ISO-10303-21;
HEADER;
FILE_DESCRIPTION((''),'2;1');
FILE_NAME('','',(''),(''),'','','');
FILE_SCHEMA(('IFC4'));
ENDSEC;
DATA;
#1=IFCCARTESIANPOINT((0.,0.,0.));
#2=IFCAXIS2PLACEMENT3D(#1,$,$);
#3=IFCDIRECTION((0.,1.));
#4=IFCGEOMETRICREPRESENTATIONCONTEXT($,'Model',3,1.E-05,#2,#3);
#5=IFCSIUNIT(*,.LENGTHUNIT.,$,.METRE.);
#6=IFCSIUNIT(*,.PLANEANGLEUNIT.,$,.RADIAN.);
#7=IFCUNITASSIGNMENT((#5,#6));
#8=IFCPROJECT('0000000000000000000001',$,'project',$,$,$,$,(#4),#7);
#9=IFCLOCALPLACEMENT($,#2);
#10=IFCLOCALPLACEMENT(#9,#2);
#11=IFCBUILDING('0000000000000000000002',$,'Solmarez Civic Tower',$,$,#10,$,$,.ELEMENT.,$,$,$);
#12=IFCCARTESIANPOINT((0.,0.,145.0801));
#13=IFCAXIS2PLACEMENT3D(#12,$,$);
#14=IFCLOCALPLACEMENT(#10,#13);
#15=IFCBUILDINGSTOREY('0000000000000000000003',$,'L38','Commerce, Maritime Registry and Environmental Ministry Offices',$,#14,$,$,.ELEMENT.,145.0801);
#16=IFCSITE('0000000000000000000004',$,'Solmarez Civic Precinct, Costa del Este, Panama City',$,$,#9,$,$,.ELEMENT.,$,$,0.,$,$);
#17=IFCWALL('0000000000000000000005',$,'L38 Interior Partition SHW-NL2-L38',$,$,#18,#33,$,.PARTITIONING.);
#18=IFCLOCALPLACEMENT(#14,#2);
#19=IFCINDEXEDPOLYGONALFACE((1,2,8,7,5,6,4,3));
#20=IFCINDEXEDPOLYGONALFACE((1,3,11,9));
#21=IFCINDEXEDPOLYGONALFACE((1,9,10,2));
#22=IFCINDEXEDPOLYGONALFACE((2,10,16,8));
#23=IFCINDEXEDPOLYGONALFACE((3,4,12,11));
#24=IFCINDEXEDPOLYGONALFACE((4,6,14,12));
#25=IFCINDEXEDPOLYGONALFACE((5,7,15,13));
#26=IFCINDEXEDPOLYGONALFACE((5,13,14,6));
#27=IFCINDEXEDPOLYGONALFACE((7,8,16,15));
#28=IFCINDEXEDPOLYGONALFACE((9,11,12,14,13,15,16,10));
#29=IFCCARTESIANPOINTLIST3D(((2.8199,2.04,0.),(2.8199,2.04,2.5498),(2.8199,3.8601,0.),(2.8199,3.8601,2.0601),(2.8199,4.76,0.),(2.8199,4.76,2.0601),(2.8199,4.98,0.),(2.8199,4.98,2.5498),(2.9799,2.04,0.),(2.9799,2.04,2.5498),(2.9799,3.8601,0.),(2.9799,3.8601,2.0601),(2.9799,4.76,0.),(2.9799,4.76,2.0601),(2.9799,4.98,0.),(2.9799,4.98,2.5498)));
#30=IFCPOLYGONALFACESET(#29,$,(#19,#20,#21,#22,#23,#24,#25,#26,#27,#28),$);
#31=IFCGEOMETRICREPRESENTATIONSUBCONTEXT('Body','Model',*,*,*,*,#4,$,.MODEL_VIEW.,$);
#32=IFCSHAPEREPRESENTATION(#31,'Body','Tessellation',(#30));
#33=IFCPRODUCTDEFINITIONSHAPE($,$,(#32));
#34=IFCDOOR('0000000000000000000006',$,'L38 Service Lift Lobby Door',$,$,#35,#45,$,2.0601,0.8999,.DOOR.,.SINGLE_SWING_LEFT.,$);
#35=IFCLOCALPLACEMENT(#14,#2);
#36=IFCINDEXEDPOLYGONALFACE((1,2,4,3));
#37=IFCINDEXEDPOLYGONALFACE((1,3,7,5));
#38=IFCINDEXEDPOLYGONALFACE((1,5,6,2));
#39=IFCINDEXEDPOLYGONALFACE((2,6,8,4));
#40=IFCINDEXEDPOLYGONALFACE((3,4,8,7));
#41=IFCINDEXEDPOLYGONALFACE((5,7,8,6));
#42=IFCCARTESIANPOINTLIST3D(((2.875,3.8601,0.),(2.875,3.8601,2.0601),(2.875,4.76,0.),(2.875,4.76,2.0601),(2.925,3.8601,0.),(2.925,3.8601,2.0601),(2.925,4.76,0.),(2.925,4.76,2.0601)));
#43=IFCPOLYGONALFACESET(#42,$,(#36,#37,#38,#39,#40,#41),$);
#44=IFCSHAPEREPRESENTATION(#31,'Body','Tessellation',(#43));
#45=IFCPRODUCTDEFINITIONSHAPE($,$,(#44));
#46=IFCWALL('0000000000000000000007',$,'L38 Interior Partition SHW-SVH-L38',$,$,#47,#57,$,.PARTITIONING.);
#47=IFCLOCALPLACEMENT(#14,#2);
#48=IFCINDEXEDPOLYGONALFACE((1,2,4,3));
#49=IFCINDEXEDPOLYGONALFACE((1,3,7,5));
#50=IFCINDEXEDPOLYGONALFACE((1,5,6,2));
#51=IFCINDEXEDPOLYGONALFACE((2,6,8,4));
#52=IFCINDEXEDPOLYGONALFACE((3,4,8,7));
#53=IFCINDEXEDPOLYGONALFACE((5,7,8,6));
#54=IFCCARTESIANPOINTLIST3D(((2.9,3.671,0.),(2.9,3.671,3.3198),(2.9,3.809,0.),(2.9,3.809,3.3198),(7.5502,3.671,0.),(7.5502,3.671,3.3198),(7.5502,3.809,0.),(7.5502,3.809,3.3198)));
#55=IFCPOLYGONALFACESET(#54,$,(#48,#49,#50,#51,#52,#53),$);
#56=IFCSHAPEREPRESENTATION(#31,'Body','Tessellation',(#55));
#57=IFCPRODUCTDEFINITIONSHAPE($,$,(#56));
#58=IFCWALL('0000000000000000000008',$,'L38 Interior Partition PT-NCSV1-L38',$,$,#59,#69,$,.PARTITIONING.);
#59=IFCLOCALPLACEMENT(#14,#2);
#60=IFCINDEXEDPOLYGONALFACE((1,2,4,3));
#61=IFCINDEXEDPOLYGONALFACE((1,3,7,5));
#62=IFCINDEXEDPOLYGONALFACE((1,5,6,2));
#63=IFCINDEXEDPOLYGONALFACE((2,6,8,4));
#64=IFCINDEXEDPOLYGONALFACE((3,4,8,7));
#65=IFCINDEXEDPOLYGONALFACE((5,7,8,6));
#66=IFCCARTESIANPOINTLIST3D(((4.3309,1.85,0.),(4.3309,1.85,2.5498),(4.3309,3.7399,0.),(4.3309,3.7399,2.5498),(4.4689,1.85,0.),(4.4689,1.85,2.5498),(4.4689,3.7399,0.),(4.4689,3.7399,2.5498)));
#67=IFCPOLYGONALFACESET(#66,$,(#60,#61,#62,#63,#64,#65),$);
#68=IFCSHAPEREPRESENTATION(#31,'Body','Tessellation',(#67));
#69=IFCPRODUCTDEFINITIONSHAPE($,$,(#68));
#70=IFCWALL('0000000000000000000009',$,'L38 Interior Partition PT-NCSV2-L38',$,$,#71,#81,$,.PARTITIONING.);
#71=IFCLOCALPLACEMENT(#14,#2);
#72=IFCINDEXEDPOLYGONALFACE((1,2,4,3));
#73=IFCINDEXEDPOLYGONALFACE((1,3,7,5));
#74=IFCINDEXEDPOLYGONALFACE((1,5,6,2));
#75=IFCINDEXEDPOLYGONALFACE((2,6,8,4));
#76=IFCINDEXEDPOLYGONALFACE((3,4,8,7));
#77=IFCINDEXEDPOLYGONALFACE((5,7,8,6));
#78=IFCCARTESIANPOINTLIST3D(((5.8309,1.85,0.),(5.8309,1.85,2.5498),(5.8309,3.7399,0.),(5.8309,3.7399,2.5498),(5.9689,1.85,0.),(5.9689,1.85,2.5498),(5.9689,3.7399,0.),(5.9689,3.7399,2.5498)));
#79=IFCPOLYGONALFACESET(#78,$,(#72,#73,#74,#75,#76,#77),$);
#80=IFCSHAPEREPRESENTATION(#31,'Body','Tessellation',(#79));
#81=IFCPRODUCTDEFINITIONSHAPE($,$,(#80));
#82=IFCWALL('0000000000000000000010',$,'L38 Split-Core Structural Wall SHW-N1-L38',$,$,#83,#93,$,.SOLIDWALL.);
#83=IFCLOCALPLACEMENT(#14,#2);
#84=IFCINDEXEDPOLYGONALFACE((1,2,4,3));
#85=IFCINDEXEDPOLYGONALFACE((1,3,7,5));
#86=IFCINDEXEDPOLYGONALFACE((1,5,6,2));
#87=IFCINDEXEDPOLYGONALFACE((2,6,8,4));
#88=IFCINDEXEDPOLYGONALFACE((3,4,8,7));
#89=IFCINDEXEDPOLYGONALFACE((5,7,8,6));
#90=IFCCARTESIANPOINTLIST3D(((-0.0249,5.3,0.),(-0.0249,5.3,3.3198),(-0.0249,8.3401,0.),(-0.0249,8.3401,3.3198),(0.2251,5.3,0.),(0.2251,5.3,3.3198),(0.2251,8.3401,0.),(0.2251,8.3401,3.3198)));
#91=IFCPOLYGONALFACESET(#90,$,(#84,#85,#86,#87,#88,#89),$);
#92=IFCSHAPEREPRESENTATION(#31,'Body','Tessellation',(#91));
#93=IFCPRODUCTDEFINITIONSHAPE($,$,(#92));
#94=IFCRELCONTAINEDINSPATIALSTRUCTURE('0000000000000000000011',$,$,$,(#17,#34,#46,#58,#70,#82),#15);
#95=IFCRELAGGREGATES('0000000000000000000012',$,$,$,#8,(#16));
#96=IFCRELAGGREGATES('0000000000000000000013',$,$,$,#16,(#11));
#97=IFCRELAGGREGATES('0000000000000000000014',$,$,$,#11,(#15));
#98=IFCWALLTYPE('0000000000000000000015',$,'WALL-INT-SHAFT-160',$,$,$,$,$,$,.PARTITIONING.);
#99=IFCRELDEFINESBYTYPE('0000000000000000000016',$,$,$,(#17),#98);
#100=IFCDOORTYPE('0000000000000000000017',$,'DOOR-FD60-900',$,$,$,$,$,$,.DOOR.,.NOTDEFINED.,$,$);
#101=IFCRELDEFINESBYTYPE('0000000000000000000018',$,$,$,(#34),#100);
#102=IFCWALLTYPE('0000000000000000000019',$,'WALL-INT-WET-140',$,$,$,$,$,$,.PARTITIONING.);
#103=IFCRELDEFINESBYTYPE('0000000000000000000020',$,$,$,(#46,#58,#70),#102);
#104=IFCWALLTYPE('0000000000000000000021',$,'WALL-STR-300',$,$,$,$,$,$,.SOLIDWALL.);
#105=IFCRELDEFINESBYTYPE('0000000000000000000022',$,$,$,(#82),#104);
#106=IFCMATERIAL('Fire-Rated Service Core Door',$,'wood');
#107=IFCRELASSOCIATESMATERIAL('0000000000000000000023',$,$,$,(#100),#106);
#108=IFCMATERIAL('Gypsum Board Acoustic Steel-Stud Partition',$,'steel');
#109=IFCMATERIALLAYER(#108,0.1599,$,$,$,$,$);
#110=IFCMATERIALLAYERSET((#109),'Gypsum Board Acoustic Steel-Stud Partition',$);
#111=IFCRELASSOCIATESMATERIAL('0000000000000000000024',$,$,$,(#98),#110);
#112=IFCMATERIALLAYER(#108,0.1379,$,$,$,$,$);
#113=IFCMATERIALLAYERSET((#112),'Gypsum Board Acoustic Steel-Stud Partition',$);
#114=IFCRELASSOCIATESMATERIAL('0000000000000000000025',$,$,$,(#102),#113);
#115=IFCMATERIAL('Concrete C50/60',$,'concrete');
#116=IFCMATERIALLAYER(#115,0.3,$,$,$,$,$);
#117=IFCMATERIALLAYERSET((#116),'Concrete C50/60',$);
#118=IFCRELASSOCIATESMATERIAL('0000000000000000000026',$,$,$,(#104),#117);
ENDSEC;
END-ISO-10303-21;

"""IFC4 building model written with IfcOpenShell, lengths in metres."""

from ifc_helpers import new_model, si_unit, direction, frame, frame_2d, origin, place, context, subcontext, project, spatial, rectangle, extrude, material, layer, layer_set, type_object, element, fill, save


model = new_model("IFC4")

# Units and contexts
model_context = context("Model", 3, precision=1e-05, world=origin(), true_north=direction((0.0, 1.0)))
body_context = subcontext(model_context, "Body", "Model", "MODEL_VIEW")
ifc_project = project(units=[si_unit("LENGTHUNIT", "METRE"), si_unit("PLANEANGLEUNIT", "RADIAN")], contexts=[model_context])

# Site, building, storey
site_placement = place(None, origin())
site = spatial("IfcSite", under=ifc_project, at=site_placement, Name="Solmarez Civic Precinct, Costa del Este, Panama City", CompositionType="ELEMENT", RefElevation=0.0)
building_placement = place(site_placement, origin())
building = spatial("IfcBuilding", under=site, at=building_placement, Name="Solmarez Civic Tower", CompositionType="ELEMENT")
storey_placement = place(building_placement, frame((0.0, 0.0, 145.0801)))
storey = spatial("IfcBuildingStorey", under=building, at=storey_placement, Name="L38", Description="Commerce, Maritime Registry and Environmental Ministry Offices", CompositionType="ELEMENT", Elevation=145.0801)

# Shared definitions
ifc_material_1 = material(Name="Concrete C50/60", Category="concrete")

# Shared definitions
ifc_material_2 = material(Name="Fire-Rated Service Core Door", Category="wood")
door_type_1 = type_object("IfcDoorType", Name="DOOR-FD60-900", OperationType="NOTDEFINED", PredefinedType="DOOR", material=ifc_material_2)

# Shared definitions
ifc_material_3 = material(Name="Gypsum Board Acoustic Steel-Stud Partition", Category="steel")

# Wall, opening, door
ifc_layer_1 = layer(ifc_material_3, 0.1599)
ifc_layer_set_1 = layer_set([ifc_layer_1], Name="Gypsum Board Acoustic Steel-Stud Partition")
wall_type_1 = type_object("IfcWallType", Name="WALL-INT-SHAFT-160", PredefinedType="PARTITIONING", material=ifc_layer_set_1)
wall_1_placement = place(storey_placement, frame((2.8999, 2.04, 0.0), z_axis=(0.0, 0.0, 1.0), x_axis=(0.0, 1.0, 0.0)))
wall_1 = element("IfcWall", 1, at=wall_1_placement, inside=storey, type_object=wall_type_1, Name="L38 Interior Partition SHW-NL2-L38", PredefinedType="PARTITIONING", context=body_context, shape_type="SweptSolid", body=[
    extrude(rectangle(XDim=2.9399, YDim=0.1599, at=frame_2d((1.47, 0.0))), origin(), (0.0, 0.0, 1.0), 2.5498),
])
opening_1_placement = place(wall_1_placement, frame((1.8201, 0.0, 0.0)))
opening_1 = element("IfcOpeningElement", 2, at=opening_1_placement, cuts=wall_1, PredefinedType="OPENING", context=body_context, shape_type="SweptSolid", body=[
    extrude(rectangle(XDim=0.8999, YDim=2.0601, at=frame_2d((0.45, 1.03))), frame((0.0, 0.0898, 0.0), z_axis=(0.0, -1.0, 0.0), x_axis=(1.0, 0.0, 0.0)), (0.0, 0.0, 1.0), 0.1799),
])
door_1_placement = place(opening_1_placement, origin())
door_1 = element("IfcDoor", 3, at=door_1_placement, inside=storey, type_object=door_type_1, Name="L38 Service Lift Lobby Door", OperationType="SINGLE_SWING_LEFT", OverallHeight=2.0601, OverallWidth=0.8999, PredefinedType="DOOR", context=body_context, shape_type="SweptSolid", body=[
    extrude(rectangle(XDim=0.8999, YDim=2.0601, at=frame_2d((0.45, 1.03))), frame((0.0, 0.0249, 0.0), z_axis=(0.0, -1.0, 0.0), x_axis=(1.0, 0.0, 0.0)), (0.0, 0.0, 1.0), 0.05),
])
fill(opening_1, door_1)

# Walls
ifc_layer_2 = layer(ifc_material_3, 0.1379)
ifc_layer_set_2 = layer_set([ifc_layer_2], Name="Gypsum Board Acoustic Steel-Stud Partition")
wall_type_2 = type_object("IfcWallType", Name="WALL-INT-WET-140", PredefinedType="PARTITIONING", material=ifc_layer_set_2)
wall_2_placement = place(storey_placement, frame((2.8999, 3.74, 0.0), z_axis=(0.0, 0.0, 1.0), x_axis=(1.0, 0.0, 0.0)))
element("IfcWall", 4, at=wall_2_placement, inside=storey, type_object=wall_type_2, Name="L38 Interior Partition SHW-SVH-L38", PredefinedType="PARTITIONING", context=body_context, shape_type="SweptSolid", body=[
    extrude(rectangle(XDim=4.6501, YDim=0.1379, at=frame_2d((2.3252, 0.0))), origin(), (0.0, 0.0, 1.0), 3.3198),
])
for number, where, z_axis, x_axis, name in (
    (5, (4.3999, 1.8501, 0.0), (0.0, 0.0, 1.0), (0.0, 1.0, 0.0), "L38 Interior Partition PT-NCSV1-L38"),
    (6, (5.8999, 1.8501, 0.0), (0.0, 0.0, 1.0), (0.0, 1.0, 0.0), "L38 Interior Partition PT-NCSV2-L38"),
):
    element("IfcWall", number, at=place(storey_placement, frame(where, z_axis=z_axis, x_axis=x_axis)), inside=storey, type_object=wall_type_2, Name=name, PredefinedType="PARTITIONING", context=body_context, shape_type="SweptSolid", body=[
        extrude(rectangle(XDim=1.8899, YDim=0.1379, at=frame_2d((0.9448, 0.0))), origin(), (0.0, 0.0, 1.0), 2.5498),
    ])

# Shared definitions
ifc_layer_3 = layer(ifc_material_1, 0.3)
ifc_layer_set_3 = layer_set([ifc_layer_3], Name="Concrete C50/60")
wall_type_3 = type_object("IfcWallType", Name="WALL-STR-300", PredefinedType="SOLIDWALL", material=ifc_layer_set_3)

# Wall
wall_3_placement = place(storey_placement, frame((0.1001, 5.3, 0.0), z_axis=(0.0, 0.0, 1.0), x_axis=(0.0, 1.0, 0.0)))
element("IfcWall", 7, at=wall_3_placement, inside=storey, type_object=wall_type_3, Name="L38 Split-Core Structural Wall SHW-N1-L38", PredefinedType="SOLIDWALL", context=body_context, shape_type="SweptSolid", body=[
    extrude(rectangle(XDim=3.04, YDim=0.25, at=frame_2d((1.52, 0.0))), origin(), (0.0, 0.0, 1.0), 3.3198),
])

save(model, "model.ifc")
